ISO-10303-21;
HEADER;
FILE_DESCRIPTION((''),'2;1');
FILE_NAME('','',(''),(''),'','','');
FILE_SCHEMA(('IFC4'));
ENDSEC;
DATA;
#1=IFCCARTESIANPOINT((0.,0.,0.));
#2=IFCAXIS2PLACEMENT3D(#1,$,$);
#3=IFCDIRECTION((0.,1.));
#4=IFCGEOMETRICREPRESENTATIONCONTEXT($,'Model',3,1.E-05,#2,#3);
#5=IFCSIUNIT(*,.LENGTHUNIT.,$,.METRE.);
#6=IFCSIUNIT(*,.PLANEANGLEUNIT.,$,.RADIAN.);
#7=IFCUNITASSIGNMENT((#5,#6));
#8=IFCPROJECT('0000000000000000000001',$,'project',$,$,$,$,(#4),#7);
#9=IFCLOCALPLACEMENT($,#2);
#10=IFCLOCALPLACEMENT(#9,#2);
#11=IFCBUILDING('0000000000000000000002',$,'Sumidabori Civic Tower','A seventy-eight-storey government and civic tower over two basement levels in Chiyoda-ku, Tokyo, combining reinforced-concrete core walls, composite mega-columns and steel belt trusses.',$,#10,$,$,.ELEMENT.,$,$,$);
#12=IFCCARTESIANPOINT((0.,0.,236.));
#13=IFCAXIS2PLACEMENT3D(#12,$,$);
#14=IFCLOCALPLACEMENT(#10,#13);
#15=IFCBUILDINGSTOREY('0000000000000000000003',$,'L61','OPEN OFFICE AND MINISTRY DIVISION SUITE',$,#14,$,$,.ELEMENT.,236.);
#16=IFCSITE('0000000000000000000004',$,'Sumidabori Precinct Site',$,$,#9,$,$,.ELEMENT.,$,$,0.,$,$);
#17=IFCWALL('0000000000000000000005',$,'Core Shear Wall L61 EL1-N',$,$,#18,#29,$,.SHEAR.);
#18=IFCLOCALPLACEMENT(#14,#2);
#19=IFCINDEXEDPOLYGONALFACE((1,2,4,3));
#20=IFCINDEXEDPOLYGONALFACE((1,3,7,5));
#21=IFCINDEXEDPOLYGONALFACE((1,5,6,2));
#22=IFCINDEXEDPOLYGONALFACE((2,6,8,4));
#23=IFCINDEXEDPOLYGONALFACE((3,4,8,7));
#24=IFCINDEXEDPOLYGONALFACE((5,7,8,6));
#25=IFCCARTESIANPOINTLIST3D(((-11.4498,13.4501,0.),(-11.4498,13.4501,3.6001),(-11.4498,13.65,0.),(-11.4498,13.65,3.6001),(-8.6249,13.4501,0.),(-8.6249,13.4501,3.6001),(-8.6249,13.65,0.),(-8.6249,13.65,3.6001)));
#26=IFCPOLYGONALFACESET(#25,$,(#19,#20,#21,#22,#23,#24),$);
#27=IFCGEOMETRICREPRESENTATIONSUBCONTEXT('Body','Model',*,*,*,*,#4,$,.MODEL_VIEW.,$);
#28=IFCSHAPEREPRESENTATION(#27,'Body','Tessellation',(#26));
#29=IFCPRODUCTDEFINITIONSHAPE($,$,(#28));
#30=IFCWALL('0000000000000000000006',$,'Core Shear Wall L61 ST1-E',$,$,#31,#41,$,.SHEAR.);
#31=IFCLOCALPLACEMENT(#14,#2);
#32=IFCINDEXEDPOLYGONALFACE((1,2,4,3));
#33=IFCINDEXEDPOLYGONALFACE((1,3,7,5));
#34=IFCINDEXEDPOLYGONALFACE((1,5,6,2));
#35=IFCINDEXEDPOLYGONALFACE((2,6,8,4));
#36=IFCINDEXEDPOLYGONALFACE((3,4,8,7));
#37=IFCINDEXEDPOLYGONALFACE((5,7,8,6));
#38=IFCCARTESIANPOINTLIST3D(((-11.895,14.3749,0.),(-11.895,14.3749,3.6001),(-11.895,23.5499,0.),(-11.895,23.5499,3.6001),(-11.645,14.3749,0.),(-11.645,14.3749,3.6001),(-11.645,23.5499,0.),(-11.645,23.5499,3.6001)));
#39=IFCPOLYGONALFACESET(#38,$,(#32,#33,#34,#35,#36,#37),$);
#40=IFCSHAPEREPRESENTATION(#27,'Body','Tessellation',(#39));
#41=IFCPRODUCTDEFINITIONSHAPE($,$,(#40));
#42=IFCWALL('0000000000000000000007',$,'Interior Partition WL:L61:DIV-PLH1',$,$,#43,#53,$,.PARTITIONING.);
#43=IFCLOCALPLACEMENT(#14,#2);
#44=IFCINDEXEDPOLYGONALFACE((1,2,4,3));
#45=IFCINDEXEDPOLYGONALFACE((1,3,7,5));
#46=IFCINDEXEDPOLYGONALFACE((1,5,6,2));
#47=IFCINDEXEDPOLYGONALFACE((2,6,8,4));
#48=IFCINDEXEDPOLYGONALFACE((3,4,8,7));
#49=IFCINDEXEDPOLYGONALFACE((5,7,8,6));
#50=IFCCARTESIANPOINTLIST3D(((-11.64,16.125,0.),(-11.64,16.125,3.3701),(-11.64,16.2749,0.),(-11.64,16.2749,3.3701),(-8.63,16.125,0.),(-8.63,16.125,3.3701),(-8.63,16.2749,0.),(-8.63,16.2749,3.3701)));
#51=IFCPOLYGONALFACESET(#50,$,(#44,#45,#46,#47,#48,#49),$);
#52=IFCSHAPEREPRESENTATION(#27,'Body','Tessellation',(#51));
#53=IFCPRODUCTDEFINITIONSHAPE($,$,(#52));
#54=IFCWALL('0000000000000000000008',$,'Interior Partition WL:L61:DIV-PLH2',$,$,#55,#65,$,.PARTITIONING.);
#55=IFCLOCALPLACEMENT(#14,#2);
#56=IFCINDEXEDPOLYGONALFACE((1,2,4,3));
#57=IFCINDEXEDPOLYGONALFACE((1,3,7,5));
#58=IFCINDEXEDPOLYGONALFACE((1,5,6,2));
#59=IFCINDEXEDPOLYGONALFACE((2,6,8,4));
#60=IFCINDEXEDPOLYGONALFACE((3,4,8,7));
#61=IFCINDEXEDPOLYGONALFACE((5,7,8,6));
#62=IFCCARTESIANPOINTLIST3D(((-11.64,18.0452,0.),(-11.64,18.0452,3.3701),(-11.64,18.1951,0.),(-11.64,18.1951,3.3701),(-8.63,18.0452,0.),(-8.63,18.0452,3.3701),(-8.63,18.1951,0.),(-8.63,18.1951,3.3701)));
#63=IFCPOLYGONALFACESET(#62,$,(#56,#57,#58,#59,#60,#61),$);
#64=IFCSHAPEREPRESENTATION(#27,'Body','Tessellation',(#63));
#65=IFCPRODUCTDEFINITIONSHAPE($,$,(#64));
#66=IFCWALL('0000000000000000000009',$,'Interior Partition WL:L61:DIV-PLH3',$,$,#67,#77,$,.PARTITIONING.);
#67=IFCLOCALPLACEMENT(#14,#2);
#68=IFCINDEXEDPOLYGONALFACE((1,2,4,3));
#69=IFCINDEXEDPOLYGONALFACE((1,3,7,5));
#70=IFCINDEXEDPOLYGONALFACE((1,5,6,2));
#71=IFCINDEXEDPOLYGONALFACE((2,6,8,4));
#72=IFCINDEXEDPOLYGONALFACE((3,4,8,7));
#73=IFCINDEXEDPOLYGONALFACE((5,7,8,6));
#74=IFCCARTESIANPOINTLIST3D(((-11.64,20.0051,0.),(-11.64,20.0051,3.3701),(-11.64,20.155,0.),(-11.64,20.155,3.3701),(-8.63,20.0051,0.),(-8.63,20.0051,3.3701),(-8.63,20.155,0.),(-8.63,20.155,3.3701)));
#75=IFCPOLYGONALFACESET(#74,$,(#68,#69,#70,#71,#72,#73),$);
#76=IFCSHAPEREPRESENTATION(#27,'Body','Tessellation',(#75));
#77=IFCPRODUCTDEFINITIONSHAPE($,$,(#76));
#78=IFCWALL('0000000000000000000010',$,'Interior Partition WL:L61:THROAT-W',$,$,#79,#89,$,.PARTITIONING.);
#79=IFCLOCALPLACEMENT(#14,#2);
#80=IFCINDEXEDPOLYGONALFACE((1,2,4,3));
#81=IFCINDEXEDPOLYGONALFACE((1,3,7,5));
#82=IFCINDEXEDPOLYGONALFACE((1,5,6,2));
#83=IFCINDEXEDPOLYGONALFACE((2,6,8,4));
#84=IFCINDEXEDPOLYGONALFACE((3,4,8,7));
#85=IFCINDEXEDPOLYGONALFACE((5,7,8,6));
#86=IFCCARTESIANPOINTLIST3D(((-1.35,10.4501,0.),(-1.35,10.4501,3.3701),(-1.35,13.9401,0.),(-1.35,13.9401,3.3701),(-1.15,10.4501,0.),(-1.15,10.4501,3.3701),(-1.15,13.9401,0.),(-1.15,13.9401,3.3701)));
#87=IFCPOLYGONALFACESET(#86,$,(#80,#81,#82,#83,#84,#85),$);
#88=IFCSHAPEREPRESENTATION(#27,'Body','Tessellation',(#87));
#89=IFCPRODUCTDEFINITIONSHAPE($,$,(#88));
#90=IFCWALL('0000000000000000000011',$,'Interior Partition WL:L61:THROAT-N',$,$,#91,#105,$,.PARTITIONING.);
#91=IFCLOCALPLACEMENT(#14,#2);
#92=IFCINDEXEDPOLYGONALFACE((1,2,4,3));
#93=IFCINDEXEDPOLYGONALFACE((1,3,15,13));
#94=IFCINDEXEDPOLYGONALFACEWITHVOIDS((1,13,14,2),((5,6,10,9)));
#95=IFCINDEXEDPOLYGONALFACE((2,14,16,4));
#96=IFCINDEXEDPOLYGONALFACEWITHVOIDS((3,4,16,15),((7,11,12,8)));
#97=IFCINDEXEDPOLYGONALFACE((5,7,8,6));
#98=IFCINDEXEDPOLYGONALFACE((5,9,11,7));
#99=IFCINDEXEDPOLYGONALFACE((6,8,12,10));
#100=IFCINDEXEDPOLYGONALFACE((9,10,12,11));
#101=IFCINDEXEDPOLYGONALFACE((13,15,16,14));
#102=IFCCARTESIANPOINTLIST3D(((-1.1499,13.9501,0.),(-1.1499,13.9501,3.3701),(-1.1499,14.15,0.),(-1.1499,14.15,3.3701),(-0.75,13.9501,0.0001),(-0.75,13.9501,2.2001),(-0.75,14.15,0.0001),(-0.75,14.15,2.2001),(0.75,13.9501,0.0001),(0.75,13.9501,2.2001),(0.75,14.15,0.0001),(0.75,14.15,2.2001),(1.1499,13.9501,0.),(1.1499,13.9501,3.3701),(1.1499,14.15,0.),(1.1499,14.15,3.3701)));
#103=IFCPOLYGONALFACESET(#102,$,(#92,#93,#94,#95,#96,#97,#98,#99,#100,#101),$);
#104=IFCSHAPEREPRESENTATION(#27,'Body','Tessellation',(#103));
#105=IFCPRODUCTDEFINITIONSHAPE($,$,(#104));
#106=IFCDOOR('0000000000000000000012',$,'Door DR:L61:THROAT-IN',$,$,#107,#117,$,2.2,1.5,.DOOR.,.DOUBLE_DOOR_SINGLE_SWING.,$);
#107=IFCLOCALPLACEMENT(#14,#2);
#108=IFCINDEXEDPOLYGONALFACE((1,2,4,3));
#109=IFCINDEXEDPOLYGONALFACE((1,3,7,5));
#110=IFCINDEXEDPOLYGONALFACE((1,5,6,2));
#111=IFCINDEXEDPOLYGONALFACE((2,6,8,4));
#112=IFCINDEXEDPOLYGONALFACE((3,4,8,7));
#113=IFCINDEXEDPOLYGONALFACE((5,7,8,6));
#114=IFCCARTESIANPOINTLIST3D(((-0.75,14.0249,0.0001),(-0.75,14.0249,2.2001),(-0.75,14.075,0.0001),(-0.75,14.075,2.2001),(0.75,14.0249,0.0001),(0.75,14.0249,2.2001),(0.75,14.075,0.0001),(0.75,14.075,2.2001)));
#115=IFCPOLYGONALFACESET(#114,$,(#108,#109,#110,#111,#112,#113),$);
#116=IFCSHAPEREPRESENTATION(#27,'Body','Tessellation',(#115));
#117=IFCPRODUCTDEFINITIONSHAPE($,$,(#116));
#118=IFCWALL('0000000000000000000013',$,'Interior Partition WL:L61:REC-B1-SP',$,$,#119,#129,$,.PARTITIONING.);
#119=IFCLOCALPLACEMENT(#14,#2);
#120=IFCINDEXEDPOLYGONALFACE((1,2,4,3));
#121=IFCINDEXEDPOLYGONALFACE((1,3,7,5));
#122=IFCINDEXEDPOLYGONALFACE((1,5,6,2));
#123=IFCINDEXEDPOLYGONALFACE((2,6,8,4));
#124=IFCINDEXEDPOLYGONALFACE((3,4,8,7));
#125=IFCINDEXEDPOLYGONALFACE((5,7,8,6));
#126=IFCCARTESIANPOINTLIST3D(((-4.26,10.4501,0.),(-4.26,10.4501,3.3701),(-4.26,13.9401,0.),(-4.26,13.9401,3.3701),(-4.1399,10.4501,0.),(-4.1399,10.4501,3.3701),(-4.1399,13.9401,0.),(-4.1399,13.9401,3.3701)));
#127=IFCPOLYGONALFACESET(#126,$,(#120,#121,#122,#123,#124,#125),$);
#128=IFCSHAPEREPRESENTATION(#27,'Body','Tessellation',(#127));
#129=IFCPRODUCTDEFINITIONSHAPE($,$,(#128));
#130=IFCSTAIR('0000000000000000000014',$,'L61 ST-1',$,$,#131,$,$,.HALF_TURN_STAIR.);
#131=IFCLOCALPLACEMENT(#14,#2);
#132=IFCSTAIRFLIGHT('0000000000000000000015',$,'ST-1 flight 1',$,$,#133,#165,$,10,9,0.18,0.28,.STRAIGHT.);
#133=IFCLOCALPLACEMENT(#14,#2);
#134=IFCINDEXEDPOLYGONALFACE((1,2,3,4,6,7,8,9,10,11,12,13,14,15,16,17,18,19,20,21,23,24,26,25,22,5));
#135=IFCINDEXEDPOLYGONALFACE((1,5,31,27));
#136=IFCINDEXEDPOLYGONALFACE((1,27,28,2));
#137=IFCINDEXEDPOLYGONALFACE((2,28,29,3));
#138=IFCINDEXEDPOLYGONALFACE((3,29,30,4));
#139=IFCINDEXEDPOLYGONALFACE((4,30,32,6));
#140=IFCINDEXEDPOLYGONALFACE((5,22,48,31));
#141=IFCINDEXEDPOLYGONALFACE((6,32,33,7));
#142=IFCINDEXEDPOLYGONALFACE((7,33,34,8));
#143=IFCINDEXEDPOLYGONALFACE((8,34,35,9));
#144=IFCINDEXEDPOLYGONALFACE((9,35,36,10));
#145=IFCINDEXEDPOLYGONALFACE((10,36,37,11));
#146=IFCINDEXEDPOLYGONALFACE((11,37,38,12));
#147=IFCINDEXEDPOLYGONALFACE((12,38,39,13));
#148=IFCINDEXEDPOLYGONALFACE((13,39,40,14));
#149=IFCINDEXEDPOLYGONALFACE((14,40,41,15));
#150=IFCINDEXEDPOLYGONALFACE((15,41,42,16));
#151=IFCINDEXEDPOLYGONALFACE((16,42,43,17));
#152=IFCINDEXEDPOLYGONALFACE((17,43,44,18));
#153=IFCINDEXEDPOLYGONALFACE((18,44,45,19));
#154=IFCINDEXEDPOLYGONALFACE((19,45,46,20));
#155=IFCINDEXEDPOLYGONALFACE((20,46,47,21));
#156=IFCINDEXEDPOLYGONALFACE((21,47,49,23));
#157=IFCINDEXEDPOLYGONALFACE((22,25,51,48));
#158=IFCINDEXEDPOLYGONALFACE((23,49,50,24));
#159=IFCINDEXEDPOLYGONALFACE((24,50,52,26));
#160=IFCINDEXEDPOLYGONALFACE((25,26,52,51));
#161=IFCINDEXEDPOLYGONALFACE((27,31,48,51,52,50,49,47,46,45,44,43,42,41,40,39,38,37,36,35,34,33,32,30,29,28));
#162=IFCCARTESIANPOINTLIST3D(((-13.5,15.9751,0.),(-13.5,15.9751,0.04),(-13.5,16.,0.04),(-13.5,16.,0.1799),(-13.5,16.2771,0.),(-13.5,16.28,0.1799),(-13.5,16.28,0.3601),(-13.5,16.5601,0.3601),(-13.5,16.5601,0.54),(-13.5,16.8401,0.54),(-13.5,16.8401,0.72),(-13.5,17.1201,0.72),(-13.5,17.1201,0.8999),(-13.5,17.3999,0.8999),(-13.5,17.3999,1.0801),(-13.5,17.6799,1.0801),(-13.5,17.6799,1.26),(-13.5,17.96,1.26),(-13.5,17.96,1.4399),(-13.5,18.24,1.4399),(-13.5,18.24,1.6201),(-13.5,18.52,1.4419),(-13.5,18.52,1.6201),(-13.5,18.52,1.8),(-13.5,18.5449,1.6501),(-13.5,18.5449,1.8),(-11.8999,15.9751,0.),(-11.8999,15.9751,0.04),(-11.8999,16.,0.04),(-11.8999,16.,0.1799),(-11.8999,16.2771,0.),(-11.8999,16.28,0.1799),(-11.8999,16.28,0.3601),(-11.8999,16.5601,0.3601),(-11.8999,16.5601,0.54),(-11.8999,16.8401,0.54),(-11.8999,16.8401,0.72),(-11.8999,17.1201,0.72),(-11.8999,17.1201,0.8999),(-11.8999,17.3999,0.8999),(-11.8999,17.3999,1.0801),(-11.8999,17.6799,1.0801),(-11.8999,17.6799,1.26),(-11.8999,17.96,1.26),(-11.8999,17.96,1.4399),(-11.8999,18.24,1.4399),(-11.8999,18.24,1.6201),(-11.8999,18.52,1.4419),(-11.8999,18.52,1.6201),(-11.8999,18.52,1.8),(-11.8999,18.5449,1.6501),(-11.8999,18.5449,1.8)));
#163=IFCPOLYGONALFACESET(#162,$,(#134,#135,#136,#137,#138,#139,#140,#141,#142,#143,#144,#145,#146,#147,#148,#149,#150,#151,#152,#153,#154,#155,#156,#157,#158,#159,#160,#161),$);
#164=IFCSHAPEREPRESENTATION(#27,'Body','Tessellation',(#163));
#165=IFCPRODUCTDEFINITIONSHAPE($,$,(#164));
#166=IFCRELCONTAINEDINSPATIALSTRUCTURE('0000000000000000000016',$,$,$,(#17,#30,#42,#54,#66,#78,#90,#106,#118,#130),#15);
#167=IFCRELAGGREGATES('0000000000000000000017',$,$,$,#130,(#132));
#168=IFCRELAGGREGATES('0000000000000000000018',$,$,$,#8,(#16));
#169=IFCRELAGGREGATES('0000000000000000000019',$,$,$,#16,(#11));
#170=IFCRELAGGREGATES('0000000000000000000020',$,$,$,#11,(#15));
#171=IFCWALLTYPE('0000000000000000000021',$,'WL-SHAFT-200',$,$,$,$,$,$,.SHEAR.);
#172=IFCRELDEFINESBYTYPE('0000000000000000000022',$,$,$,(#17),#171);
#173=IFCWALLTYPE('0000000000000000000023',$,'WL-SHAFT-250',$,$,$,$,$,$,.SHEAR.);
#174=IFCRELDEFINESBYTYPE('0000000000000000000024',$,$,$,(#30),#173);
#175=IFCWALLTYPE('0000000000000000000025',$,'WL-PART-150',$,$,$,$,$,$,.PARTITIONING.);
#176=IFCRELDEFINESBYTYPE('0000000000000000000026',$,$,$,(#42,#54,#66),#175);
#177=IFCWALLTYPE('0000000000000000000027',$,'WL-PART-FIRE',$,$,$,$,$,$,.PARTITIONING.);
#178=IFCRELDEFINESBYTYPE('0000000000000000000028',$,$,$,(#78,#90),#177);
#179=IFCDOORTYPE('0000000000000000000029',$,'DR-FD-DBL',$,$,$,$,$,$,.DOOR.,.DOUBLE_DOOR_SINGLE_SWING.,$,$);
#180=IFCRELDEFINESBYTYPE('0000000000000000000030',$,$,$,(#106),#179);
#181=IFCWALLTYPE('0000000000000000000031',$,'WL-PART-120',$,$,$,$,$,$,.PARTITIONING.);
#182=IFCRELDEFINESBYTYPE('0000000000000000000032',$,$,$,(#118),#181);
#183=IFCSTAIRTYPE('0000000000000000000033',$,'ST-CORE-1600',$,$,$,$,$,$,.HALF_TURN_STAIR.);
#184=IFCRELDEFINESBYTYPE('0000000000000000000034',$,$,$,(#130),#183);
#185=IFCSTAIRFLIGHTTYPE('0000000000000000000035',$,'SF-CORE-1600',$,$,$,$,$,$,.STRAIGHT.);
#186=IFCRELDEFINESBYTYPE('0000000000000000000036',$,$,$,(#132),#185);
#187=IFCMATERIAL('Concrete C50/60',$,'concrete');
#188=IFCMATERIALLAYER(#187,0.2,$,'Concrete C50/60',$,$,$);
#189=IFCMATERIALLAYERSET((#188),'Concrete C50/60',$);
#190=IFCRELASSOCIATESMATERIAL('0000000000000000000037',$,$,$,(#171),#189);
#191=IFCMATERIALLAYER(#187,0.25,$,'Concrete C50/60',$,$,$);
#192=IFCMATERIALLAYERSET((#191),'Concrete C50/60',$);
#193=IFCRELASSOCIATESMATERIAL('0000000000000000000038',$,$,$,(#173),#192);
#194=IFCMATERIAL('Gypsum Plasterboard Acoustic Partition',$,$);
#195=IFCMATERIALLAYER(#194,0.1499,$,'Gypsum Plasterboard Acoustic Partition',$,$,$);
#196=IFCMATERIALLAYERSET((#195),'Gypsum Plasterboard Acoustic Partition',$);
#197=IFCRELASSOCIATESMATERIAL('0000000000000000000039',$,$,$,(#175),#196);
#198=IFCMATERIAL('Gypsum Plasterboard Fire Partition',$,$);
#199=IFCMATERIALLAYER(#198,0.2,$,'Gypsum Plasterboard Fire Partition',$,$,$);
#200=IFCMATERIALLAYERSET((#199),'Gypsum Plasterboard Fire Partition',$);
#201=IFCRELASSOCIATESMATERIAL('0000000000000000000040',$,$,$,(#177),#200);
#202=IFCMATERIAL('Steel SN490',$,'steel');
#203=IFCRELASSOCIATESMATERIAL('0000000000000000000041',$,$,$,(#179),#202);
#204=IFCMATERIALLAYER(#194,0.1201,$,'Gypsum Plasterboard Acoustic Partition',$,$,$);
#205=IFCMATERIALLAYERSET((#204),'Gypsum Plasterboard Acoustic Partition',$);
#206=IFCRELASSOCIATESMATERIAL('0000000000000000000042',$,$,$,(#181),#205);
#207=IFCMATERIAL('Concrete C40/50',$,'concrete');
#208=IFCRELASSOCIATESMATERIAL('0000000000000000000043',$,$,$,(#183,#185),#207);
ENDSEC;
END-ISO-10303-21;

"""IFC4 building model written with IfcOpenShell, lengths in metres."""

from ifc_helpers import new_model, si_unit, direction, frame, frame_2d, origin, place, context, subcontext, project, spatial, polyline, rectangle, outline, extrude, source, transform, mapped, material, layer, layer_set, type_object, element, fill, aggregate, save


model = new_model("IFC4")

# Units and contexts
model_context = context("Model", 3, precision=1e-05, world=origin(), true_north=direction((0.0, 1.0)))
body_context = subcontext(model_context, "Body", "Model", "MODEL_VIEW")
ifc_project = project(units=[si_unit("LENGTHUNIT", "METRE"), si_unit("PLANEANGLEUNIT", "RADIAN")], contexts=[model_context])

# Site, building, storey
site_placement = place(None, origin())
site = spatial("IfcSite", under=ifc_project, at=site_placement, Name="Sumidabori Precinct Site", CompositionType="ELEMENT", RefElevation=0.0)
building_placement = place(site_placement, origin())
building = spatial("IfcBuilding", under=site, at=building_placement, Name="Sumidabori Civic Tower", Description="A seventy-eight-storey government and civic tower over two basement levels in Chiyoda-ku, Tokyo, combining reinforced-concrete core walls, composite mega-columns and steel belt trusses.", CompositionType="ELEMENT")
storey_placement = place(building_placement, frame((0.0, 0.0, 236.0)))
storey = spatial("IfcBuildingStorey", under=building, at=storey_placement, Name="L61", Description="OPEN OFFICE AND MINISTRY DIVISION SUITE", CompositionType="ELEMENT", Elevation=236.0)

# Wall
ifc_material_1 = material(Name="Concrete C50/60", Category="concrete")
ifc_layer_1 = layer(ifc_material_1, 0.2, Name="Concrete C50/60")
ifc_layer_set_1 = layer_set([ifc_layer_1], Name="Concrete C50/60")
wall_type_1 = type_object("IfcWallType", Name="WL-SHAFT-200", PredefinedType="SHEAR", material=ifc_layer_set_1)
shared_shape_1 = source(origin(), body_context, "Body", "SweptSolid", [
    extrude(rectangle(XDim=2.825, YDim=0.2, at=frame_2d((1.4126, 0.0))), origin(), (0.0, 0.0, 1.0), 3.6001),
])
wall_1_placement = place(storey_placement, frame((-11.45, 13.55, 0.0), z_axis=(0.0, 0.0, 1.0), x_axis=(1.0, 0.0, 0.0)))
element("IfcWall", 1, at=wall_1_placement, inside=storey, type_object=wall_type_1, Name="Core Shear Wall L61 EL1-N", PredefinedType="SHEAR", context=body_context, shape_type="MappedRepresentation", body=[
    mapped(shared_shape_1, transform((0.0, 0.0, 0.0), x_axis=(1.0, 0.0, 0.0), y_axis=(0.0, 1.0, 0.0), z_axis=(0.0, 0.0, 1.0), scale=1.0)),
])

# Shared definitions
ifc_layer_2 = layer(ifc_material_1, 0.25, Name="Concrete C50/60")
ifc_layer_set_2 = layer_set([ifc_layer_2], Name="Concrete C50/60")
wall_type_2 = type_object("IfcWallType", Name="WL-SHAFT-250", PredefinedType="SHEAR", material=ifc_layer_set_2)

# Wall
shared_shape_2 = source(origin(), body_context, "Body", "SweptSolid", [
    extrude(rectangle(XDim=9.175, YDim=0.25, at=frame_2d((4.5874, 0.0))), origin(), (0.0, 0.0, 1.0), 3.6001),
])
wall_2_placement = place(storey_placement, frame((-11.77, 14.375, 0.0), z_axis=(0.0, 0.0, 1.0), x_axis=(0.0, 1.0, 0.0)))
element("IfcWall", 2, at=wall_2_placement, inside=storey, type_object=wall_type_2, Name="Core Shear Wall L61 ST1-E", PredefinedType="SHEAR", context=body_context, shape_type="MappedRepresentation", body=[
    mapped(shared_shape_2, transform((0.0, 0.0, 0.0), x_axis=(1.0, 0.0, 0.0), y_axis=(0.0, 1.0, 0.0), z_axis=(0.0, 0.0, 1.0), scale=1.0)),
])

# Walls
ifc_material_2 = material(Name="Gypsum Plasterboard Acoustic Partition")
ifc_layer_3 = layer(ifc_material_2, 0.1499, Name="Gypsum Plasterboard Acoustic Partition")
ifc_layer_set_3 = layer_set([ifc_layer_3], Name="Gypsum Plasterboard Acoustic Partition")
wall_type_3 = type_object("IfcWallType", Name="WL-PART-150", PredefinedType="PARTITIONING", material=ifc_layer_set_3)
shared_shape_3 = source(origin(), body_context, "Body", "SweptSolid", [
    extrude(rectangle(XDim=3.01, YDim=0.1499, at=frame_2d((1.5049, 0.0))), origin(), (0.0, 0.0, 1.0), 3.3701),
])
for number, where, z_axis, x_axis, name in (
    (3, (-11.6399, 16.2, 0.0), (0.0, 0.0, 1.0), (1.0, 0.0, 0.0), "Interior Partition WL:L61:DIV-PLH1"),
    (4, (-11.6399, 18.1201, 0.0), (0.0, 0.0, 1.0), (1.0, 0.0, 0.0), "Interior Partition WL:L61:DIV-PLH2"),
    (5, (-11.6399, 20.0801, 0.0), (0.0, 0.0, 1.0), (1.0, 0.0, 0.0), "Interior Partition WL:L61:DIV-PLH3"),
):
    element("IfcWall", number, at=place(storey_placement, frame(where, z_axis=z_axis, x_axis=x_axis)), inside=storey, type_object=wall_type_3, Name=name, PredefinedType="PARTITIONING", context=body_context, shape_type="MappedRepresentation", body=[
        mapped(shared_shape_3, transform((0.0, 0.0, 0.0), x_axis=(1.0, 0.0, 0.0), y_axis=(0.0, 1.0, 0.0), z_axis=(0.0, 0.0, 1.0), scale=1.0)),
    ])

# Shared definitions
ifc_material_3 = material(Name="Gypsum Plasterboard Fire Partition")
ifc_layer_4 = layer(ifc_material_3, 0.2, Name="Gypsum Plasterboard Fire Partition")
ifc_layer_set_4 = layer_set([ifc_layer_4], Name="Gypsum Plasterboard Fire Partition")
wall_type_4 = type_object("IfcWallType", Name="WL-PART-FIRE", PredefinedType="PARTITIONING", material=ifc_layer_set_4)

# Wall
shared_shape_4 = source(origin(), body_context, "Body", "SweptSolid", [
    extrude(rectangle(XDim=3.49, YDim=0.2, at=frame_2d((1.7451, 0.0))), origin(), (0.0, 0.0, 1.0), 3.3701),
])
wall_3_placement = place(storey_placement, frame((-1.25, 10.45, 0.0), z_axis=(0.0, 0.0, 1.0), x_axis=(0.0, 1.0, 0.0)))
element("IfcWall", 6, at=wall_3_placement, inside=storey, type_object=wall_type_4, Name="Interior Partition WL:L61:THROAT-W", PredefinedType="PARTITIONING", context=body_context, shape_type="MappedRepresentation", body=[
    mapped(shared_shape_4, transform((0.0, 0.0, 0.0), x_axis=(1.0, 0.0, 0.0), y_axis=(0.0, 1.0, 0.0), z_axis=(0.0, 0.0, 1.0), scale=1.0)),
])

# Wall, opening, door
shared_shape_5 = source(origin(), body_context, "Body", "SweptSolid", [
    extrude(rectangle(XDim=2.2998, YDim=0.2, at=frame_2d((1.1499, 0.0))), origin(), (0.0, 0.0, 1.0), 3.3701),
])
wall_4_placement = place(storey_placement, frame((-1.1499, 14.05, 0.0), z_axis=(0.0, 0.0, 1.0), x_axis=(1.0, 0.0, 0.0)))
wall_4 = element("IfcWall", 7, at=wall_4_placement, inside=storey, type_object=wall_type_4, Name="Interior Partition WL:L61:THROAT-N", PredefinedType="PARTITIONING", context=body_context, shape_type="MappedRepresentation", body=[
    mapped(shared_shape_5, transform((0.0, 0.0, 0.0), x_axis=(1.0, 0.0, 0.0), y_axis=(0.0, 1.0, 0.0), z_axis=(0.0, 0.0, 1.0), scale=1.0)),
])
opening_1_placement = place(wall_4_placement, frame((0.3999, 0.0, 0.0)))
opening_1 = element("IfcOpeningElement", 8, at=opening_1_placement, cuts=wall_4, PredefinedType="OPENING", context=body_context, shape_type="SweptSolid", body=[
    extrude(rectangle(XDim=1.5, YDim=2.2, at=frame_2d((0.75, 1.1001))), frame((0.0, 0.1118, 0.0), z_axis=(0.0, -1.0, 0.0), x_axis=(1.0, 0.0, 0.0)), (0.0, 0.0, 1.0), 0.2239),
])
ifc_material_4 = material(Name="Steel SN490", Category="steel")
door_type_1 = type_object("IfcDoorType", Name="DR-FD-DBL", OperationType="DOUBLE_DOOR_SINGLE_SWING", PredefinedType="DOOR", material=ifc_material_4)
shared_shape_6 = source(origin(), body_context, "Body", "SweptSolid", [
    extrude(rectangle(XDim=1.5, YDim=2.2, at=frame_2d((0.75, 1.1001))), frame((0.0, 0.0249, 0.0), z_axis=(0.0, -1.0, 0.0), x_axis=(1.0, 0.0, 0.0)), (0.0, 0.0, 1.0), 0.05),
])
door_1_placement = place(opening_1_placement, origin())
door_1 = element("IfcDoor", 9, at=door_1_placement, inside=storey, type_object=door_type_1, Name="Door DR:L61:THROAT-IN", OperationType="DOUBLE_DOOR_SINGLE_SWING", OverallHeight=2.2, OverallWidth=1.5, PredefinedType="DOOR", context=body_context, shape_type="MappedRepresentation", body=[
    mapped(shared_shape_6, transform((0.0, 0.0, 0.0), x_axis=(1.0, 0.0, 0.0), y_axis=(0.0, 1.0, 0.0), z_axis=(0.0, 0.0, 1.0), scale=1.0)),
])
fill(opening_1, door_1)

# Wall
ifc_layer_5 = layer(ifc_material_2, 0.1201, Name="Gypsum Plasterboard Acoustic Partition")
ifc_layer_set_5 = layer_set([ifc_layer_5], Name="Gypsum Plasterboard Acoustic Partition")
wall_type_5 = type_object("IfcWallType", Name="WL-PART-120", PredefinedType="PARTITIONING", material=ifc_layer_set_5)
shared_shape_7 = source(origin(), body_context, "Body", "SweptSolid", [
    extrude(rectangle(XDim=3.49, YDim=0.1201, at=frame_2d((1.7451, 0.0))), origin(), (0.0, 0.0, 1.0), 3.3701),
])
wall_5_placement = place(storey_placement, frame((-4.2, 10.45, 0.0), z_axis=(0.0, 0.0, 1.0), x_axis=(0.0, 1.0, 0.0)))
element("IfcWall", 10, at=wall_5_placement, inside=storey, type_object=wall_type_5, Name="Interior Partition WL:L61:REC-B1-SP", PredefinedType="PARTITIONING", context=body_context, shape_type="MappedRepresentation", body=[
    mapped(shared_shape_7, transform((0.0, 0.0, 0.0), x_axis=(1.0, 0.0, 0.0), y_axis=(0.0, 1.0, 0.0), z_axis=(0.0, 0.0, 1.0), scale=1.0)),
])

# Stair, stair flight
ifc_material_5 = material(Name="Concrete C40/50", Category="concrete")
stair_type = type_object("IfcStairType", Name="ST-CORE-1600", PredefinedType="HALF_TURN_STAIR", material=ifc_material_5)
stair_placement = place(storey_placement, origin())
stair = element("IfcStair", 11, at=stair_placement, inside=storey, type_object=stair_type, Name="L61 ST-1", PredefinedType="HALF_TURN_STAIR")
stair_flight_type = type_object("IfcStairFlightType", Name="SF-CORE-1600", PredefinedType="STRAIGHT", material=ifc_material_5)
shared_shape_8 = source(origin(), body_context, "Body", "SweptSolid", [
    extrude(outline(polyline([(-0.0249, 0.0), (-0.0249, 0.04), (0.0, 0.04), (0.0, 0.1799), (0.28, 0.1799), (0.28, 0.3601), (0.5601, 0.3601), (0.5601, 0.54), (0.8401, 0.54), (0.8401, 0.72), (1.1201, 0.72), (1.1201, 0.8999), (1.3999, 0.8999), (1.3999, 1.0801), (1.6799, 1.0801), (1.6799, 1.26), (1.96, 1.26), (1.96, 1.4399), (2.24, 1.4399), (2.24, 1.6201), (2.52, 1.6201), (2.52, 1.8), (2.5449, 1.8), (2.5449, 1.6501), (2.52, 1.4419), (0.2771, 0.0), (-0.0249, 0.0)])), frame((0.0, 0.8, 0.0), z_axis=(0.0, -1.0, 0.0), x_axis=(1.0, 0.0, 0.0)), (0.0, 0.0, 1.0), 1.6001),
])
stair_flight_placement = place(storey_placement, frame((-12.7, 16.0, 0.0), z_axis=(0.0, 0.0, 1.0), x_axis=(0.0, 1.0, 0.0)))
stair_flight = element("IfcStairFlight", 12, at=stair_flight_placement, type_object=stair_flight_type, Name="ST-1 flight 1", NumberOfRisers=10, NumberOfTreads=9, PredefinedType="STRAIGHT", RiserHeight=0.18, TreadLength=0.28, context=body_context, shape_type="MappedRepresentation", body=[
    mapped(shared_shape_8, transform((0.0, 0.0, 0.0), x_axis=(1.0, 0.0, 0.0), y_axis=(0.0, 1.0, 0.0), z_axis=(0.0, 0.0, 1.0), scale=1.0)),
])
aggregate(stair, [stair_flight])

save(model, "model.ifc")
